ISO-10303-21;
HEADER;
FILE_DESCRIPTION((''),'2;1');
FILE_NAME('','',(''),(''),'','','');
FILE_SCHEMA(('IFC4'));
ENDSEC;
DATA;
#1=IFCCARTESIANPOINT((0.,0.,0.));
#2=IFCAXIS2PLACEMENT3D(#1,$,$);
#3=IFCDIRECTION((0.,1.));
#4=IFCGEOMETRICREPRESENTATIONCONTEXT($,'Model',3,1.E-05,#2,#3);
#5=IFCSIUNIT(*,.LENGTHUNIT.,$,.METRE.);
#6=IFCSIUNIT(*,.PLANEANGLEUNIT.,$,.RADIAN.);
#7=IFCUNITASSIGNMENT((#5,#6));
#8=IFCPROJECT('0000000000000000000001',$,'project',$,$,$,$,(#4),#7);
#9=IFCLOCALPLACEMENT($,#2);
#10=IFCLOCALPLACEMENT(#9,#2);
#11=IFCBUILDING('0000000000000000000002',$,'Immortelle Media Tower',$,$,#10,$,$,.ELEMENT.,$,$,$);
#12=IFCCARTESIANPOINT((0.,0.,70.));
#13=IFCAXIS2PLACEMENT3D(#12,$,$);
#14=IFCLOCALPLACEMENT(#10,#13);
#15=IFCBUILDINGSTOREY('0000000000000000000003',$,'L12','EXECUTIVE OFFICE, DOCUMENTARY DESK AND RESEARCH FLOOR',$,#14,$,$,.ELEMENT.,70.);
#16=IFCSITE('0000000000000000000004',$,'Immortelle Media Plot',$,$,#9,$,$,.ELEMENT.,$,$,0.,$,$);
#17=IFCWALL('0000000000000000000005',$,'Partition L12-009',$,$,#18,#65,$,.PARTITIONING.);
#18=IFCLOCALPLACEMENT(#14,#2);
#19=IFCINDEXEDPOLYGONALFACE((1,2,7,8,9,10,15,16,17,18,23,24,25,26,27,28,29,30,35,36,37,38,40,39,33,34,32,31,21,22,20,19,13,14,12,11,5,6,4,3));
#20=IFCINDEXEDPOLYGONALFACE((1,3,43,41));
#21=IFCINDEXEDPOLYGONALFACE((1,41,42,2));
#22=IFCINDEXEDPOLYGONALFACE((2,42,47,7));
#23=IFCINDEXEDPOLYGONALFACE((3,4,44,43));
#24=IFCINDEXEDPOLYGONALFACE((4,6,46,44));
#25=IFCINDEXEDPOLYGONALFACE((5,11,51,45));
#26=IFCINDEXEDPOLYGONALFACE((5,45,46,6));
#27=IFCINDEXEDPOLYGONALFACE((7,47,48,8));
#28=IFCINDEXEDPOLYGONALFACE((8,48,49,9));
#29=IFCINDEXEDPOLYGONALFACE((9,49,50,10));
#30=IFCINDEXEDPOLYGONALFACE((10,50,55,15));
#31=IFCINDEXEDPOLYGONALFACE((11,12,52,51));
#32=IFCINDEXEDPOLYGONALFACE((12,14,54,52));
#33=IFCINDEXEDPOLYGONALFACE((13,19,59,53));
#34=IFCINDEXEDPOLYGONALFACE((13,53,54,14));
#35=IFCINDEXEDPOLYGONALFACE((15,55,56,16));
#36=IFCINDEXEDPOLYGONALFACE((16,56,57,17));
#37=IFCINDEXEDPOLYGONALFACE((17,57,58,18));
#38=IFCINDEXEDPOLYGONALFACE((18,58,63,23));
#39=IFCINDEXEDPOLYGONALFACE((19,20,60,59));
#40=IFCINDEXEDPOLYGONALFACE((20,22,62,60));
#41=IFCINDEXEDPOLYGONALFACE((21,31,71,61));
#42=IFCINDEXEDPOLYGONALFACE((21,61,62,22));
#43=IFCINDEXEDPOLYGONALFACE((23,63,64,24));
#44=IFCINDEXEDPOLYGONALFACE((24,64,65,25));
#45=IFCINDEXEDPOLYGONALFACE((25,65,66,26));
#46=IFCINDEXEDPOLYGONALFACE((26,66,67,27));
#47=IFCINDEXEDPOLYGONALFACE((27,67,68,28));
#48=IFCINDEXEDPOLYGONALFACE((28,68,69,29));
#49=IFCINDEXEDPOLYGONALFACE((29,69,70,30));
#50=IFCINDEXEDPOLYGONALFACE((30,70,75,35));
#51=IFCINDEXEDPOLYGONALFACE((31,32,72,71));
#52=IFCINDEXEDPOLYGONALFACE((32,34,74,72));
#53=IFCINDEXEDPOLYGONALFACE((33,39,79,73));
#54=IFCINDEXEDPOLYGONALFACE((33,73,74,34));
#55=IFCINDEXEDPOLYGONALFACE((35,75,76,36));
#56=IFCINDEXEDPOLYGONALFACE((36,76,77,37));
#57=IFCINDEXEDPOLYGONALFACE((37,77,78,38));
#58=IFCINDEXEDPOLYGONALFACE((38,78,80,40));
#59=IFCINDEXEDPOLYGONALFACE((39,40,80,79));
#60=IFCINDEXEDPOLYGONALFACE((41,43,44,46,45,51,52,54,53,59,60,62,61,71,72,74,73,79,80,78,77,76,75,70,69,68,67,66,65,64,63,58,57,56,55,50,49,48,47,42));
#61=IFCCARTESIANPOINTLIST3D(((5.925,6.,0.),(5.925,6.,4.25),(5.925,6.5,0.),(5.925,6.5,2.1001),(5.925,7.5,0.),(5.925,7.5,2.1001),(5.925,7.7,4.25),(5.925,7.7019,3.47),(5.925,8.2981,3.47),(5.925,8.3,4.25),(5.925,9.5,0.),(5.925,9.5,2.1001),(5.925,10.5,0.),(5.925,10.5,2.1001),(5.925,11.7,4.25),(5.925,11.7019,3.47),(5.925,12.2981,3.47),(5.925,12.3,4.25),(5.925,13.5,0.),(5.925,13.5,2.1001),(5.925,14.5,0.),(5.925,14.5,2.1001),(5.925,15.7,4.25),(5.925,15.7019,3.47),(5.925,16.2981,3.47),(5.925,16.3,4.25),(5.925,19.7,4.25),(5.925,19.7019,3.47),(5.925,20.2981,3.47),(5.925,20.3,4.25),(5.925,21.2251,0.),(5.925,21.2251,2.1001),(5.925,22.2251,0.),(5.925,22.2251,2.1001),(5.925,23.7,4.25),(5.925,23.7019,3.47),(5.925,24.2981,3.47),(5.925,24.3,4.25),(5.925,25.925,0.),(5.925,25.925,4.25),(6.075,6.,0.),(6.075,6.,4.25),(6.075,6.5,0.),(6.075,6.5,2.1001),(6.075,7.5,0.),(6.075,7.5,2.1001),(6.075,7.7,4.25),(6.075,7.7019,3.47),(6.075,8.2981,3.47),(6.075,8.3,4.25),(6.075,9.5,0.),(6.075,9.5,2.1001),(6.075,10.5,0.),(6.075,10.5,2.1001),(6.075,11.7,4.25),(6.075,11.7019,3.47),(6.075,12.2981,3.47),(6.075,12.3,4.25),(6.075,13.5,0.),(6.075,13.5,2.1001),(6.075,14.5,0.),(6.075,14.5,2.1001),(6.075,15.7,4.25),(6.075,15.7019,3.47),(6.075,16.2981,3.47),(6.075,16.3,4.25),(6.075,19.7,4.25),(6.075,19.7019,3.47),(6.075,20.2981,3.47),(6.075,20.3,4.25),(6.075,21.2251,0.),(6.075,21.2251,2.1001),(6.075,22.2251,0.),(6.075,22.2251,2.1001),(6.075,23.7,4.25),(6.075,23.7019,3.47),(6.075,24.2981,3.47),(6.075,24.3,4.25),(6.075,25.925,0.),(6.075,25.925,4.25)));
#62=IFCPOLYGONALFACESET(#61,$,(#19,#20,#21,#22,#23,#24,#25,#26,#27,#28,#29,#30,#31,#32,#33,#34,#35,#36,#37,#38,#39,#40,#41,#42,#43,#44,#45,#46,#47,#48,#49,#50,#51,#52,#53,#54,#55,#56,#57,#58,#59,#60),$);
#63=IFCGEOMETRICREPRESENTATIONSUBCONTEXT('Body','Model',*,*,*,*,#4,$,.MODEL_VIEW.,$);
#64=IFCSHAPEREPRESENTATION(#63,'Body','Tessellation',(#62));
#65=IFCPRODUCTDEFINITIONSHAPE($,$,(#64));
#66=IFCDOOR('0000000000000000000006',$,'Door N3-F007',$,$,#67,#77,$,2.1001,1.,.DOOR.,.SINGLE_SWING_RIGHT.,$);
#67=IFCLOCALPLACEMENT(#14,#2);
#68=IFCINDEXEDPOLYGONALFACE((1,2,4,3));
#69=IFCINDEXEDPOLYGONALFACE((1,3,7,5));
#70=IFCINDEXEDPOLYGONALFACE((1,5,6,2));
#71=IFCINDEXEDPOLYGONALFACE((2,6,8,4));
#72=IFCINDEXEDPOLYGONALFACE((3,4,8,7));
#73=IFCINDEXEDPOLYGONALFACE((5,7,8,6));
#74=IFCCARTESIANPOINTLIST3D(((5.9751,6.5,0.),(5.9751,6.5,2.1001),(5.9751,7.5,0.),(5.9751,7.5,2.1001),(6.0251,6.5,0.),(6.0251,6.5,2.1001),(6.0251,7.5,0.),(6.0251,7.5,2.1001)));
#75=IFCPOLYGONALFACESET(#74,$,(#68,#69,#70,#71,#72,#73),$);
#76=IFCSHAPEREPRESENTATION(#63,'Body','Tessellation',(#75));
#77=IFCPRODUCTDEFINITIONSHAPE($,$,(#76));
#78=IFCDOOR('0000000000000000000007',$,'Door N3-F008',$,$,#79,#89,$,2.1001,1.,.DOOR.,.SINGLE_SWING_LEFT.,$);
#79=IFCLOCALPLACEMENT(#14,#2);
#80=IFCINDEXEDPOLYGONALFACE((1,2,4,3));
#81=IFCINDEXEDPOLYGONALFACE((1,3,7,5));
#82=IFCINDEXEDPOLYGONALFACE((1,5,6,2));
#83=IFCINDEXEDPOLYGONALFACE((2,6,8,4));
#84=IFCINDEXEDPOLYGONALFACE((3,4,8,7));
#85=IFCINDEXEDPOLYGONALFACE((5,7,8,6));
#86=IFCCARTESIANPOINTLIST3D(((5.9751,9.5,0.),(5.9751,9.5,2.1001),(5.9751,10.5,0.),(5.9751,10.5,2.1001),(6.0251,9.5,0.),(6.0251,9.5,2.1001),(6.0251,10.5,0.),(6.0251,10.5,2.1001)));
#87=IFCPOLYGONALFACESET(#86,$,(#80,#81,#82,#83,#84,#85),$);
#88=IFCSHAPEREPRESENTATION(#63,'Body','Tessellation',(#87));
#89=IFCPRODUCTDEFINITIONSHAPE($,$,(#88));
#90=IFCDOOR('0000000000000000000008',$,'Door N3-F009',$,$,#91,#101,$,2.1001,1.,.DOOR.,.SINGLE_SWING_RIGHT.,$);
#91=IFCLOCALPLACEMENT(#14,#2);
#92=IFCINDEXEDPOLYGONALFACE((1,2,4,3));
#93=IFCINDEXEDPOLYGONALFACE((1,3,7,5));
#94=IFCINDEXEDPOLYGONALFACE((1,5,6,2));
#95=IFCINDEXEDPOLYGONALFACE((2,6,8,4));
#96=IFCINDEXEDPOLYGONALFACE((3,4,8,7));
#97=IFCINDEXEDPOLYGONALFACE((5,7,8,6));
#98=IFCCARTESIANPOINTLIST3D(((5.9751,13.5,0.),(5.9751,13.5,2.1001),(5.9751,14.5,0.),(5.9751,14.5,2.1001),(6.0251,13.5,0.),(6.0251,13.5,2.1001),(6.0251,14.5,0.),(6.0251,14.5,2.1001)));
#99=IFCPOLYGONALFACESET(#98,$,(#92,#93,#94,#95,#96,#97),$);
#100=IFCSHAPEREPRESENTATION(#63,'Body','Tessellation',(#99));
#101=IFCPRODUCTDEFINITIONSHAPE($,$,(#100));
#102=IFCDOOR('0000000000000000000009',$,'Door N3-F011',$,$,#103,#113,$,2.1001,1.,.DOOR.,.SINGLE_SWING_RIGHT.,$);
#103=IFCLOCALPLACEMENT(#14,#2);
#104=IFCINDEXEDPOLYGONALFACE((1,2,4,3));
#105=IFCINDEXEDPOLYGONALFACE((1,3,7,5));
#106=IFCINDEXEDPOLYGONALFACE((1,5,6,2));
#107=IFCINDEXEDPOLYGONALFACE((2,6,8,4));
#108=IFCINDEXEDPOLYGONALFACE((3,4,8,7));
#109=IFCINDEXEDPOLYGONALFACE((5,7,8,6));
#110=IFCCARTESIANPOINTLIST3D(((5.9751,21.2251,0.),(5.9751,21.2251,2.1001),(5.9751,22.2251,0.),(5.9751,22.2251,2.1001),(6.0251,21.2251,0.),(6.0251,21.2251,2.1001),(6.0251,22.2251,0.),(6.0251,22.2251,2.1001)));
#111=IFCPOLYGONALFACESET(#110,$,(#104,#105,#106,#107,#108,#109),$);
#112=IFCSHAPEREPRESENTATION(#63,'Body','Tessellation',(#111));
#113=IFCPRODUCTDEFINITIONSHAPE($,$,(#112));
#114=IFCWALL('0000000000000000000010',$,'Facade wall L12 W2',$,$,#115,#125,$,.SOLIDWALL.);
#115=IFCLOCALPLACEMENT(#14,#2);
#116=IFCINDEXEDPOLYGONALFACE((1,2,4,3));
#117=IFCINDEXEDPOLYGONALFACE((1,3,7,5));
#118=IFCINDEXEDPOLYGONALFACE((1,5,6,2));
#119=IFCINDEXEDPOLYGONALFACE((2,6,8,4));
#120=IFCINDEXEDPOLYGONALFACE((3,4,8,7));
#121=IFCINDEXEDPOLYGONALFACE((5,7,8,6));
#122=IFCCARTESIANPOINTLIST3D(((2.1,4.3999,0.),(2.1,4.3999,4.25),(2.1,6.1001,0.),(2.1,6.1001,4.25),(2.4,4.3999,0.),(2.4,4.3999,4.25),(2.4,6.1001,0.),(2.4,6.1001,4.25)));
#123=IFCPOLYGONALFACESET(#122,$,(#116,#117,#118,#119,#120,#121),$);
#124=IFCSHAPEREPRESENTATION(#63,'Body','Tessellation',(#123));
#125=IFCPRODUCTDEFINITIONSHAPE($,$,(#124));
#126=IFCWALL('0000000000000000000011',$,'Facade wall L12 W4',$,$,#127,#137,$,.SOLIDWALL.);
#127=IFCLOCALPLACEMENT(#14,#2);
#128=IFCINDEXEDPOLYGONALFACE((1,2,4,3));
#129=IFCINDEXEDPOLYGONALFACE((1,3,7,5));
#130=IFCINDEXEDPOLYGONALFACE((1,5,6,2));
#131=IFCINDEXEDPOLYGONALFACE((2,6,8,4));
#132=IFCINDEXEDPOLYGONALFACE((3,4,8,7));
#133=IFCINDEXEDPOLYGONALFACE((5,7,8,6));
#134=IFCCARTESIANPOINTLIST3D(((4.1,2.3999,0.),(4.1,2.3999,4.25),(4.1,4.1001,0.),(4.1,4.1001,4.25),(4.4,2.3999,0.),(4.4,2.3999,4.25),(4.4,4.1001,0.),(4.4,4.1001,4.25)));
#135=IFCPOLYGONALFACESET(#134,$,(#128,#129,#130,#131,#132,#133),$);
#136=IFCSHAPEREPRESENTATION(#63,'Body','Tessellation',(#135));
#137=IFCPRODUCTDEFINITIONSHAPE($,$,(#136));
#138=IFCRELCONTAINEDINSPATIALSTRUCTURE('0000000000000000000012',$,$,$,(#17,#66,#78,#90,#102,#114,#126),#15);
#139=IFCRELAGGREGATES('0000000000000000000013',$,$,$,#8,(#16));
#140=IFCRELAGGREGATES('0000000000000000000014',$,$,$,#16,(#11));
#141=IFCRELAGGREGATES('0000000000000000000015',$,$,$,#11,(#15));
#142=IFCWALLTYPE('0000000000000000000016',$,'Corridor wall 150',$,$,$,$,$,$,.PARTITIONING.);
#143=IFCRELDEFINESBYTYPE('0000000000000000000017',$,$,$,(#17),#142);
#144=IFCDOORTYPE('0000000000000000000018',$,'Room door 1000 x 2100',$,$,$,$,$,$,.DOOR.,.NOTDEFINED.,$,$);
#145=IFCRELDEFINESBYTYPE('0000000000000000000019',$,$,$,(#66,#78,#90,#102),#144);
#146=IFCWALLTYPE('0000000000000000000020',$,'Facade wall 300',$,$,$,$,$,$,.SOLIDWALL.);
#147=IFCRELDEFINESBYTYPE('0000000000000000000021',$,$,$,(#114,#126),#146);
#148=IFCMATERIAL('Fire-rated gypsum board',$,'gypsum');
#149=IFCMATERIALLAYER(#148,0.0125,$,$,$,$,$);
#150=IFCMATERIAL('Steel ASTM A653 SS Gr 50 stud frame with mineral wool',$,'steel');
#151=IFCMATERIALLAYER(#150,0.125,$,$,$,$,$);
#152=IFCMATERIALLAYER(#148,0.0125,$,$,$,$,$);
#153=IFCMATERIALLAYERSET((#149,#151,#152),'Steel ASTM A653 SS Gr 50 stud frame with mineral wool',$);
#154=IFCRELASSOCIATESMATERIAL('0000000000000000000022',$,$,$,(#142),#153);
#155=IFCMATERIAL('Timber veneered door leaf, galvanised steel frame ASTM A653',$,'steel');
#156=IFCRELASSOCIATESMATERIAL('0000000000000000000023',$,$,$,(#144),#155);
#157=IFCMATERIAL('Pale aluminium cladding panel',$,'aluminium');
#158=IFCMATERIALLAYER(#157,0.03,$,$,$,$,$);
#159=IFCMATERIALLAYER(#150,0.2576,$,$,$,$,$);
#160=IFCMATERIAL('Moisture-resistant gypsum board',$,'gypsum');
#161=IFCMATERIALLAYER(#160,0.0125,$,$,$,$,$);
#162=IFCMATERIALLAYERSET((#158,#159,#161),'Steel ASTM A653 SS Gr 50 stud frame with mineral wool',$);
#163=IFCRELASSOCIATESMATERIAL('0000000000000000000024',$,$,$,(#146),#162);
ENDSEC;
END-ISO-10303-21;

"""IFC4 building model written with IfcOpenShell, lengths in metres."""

from ifc_helpers import new_model, si_unit, direction, frame, frame_2d, origin, place, context, subcontext, project, spatial, polyline, rectangle, outline, extrude, material, layer, layer_set, type_object, element, fill, save


model = new_model("IFC4")

# Units and contexts
model_context = context("Model", 3, precision=1e-05, world=origin(), true_north=direction((0.0, 1.0)))
body_context = subcontext(model_context, "Body", "Model", "MODEL_VIEW")
ifc_project = project(units=[si_unit("LENGTHUNIT", "METRE"), si_unit("PLANEANGLEUNIT", "RADIAN")], contexts=[model_context])

# Site, building, storey
site_placement = place(None, origin())
site = spatial("IfcSite", under=ifc_project, at=site_placement, Name="Immortelle Media Plot", CompositionType="ELEMENT", RefElevation=0.0)
building_placement = place(site_placement, origin())
building = spatial("IfcBuilding", under=site, at=building_placement, Name="Immortelle Media Tower", CompositionType="ELEMENT")
storey_placement = place(building_placement, frame((0.0, 0.0, 70.0)))
storey = spatial("IfcBuildingStorey", under=building, at=storey_placement, Name="L12", Description="EXECUTIVE OFFICE, DOCUMENTARY DESK AND RESEARCH FLOOR", CompositionType="ELEMENT", Elevation=70.0)

# Wall, openings, doors
ifc_material_1 = material(Name="Fire-rated gypsum board", Category="gypsum")
ifc_layer_1 = layer(ifc_material_1, 0.0125)
ifc_material_2 = material(Name="Steel ASTM A653 SS Gr 50 stud frame with mineral wool", Category="steel")
ifc_layer_2 = layer(ifc_material_2, 0.125)
ifc_layer_3 = layer(ifc_material_1, 0.0125)
ifc_layer_set_1 = layer_set([ifc_layer_1, ifc_layer_2, ifc_layer_3], Name="Steel ASTM A653 SS Gr 50 stud frame with mineral wool")
wall_type_1 = type_object("IfcWallType", Name="Corridor wall 150", PredefinedType="PARTITIONING", material=ifc_layer_set_1)
ifc_material_3 = material(Name="Timber veneered door leaf, galvanised steel frame ASTM A653", Category="steel")
door_type_1 = type_object("IfcDoorType", Name="Room door 1000 x 2100", OperationType="NOTDEFINED", PredefinedType="DOOR", material=ifc_material_3)
wall_1_placement = place(storey_placement, frame((6.0, 6.0, 0.0), z_axis=(0.0, 0.0, 1.0), x_axis=(0.0, 1.0, 0.0)))
wall_1 = element("IfcWall", 1, at=wall_1_placement, inside=storey, type_object=wall_type_1, Name="Partition L12-009", PredefinedType="PARTITIONING", context=body_context, shape_type="SweptSolid", body=[
    extrude(outline(polyline([(0.0, 0.0), (19.925, 0.0), (19.925, 4.25), (18.3, 4.25), (18.2981, 3.47), (17.7019, 3.47), (17.7, 4.25), (14.3, 4.25), (14.2981, 3.47), (13.7019, 3.47), (13.7, 4.25), (10.3, 4.25), (10.2981, 3.47), (9.7019, 3.47), (9.7, 4.25), (6.3, 4.25), (6.2981, 3.47), (5.7019, 3.47), (5.7, 4.25), (2.3, 4.25), (2.2981, 3.47), (1.7019, 3.47), (1.7, 4.25), (0.0, 4.25), (0.0, 0.0)])), frame((0.0, 0.075, 0.0), z_axis=(0.0, -1.0, 0.0), x_axis=(1.0, 0.0, 0.0)), (0.0, 0.0, 1.0), 0.1499),
])
opening_1_placement = place(wall_1_placement, frame((0.5, 0.0, 0.0)))
opening_1 = element("IfcOpeningElement", 2, at=opening_1_placement, cuts=wall_1, PredefinedType="OPENING", context=body_context, shape_type="SweptSolid", body=[
    extrude(rectangle(XDim=1.0, YDim=2.1001, at=frame_2d((0.5, 1.05))), frame((0.0, 0.085, 0.0), z_axis=(0.0, -1.0, 0.0), x_axis=(1.0, 0.0, 0.0)), (0.0, 0.0, 1.0), 0.1699),
])
opening_2_placement = place(wall_1_placement, frame((3.5, 0.0, 0.0)))
opening_2 = element("IfcOpeningElement", 3, at=opening_2_placement, cuts=wall_1, PredefinedType="OPENING", context=body_context, shape_type="SweptSolid", body=[
    extrude(rectangle(XDim=1.0, YDim=2.1001, at=frame_2d((0.5, 1.05))), frame((0.0, 0.085, 0.0), z_axis=(0.0, -1.0, 0.0), x_axis=(1.0, 0.0, 0.0)), (0.0, 0.0, 1.0), 0.1699),
])
opening_3_placement = place(wall_1_placement, frame((7.5, 0.0, 0.0)))
opening_3 = element("IfcOpeningElement", 4, at=opening_3_placement, cuts=wall_1, PredefinedType="OPENING", context=body_context, shape_type="SweptSolid", body=[
    extrude(rectangle(XDim=1.0, YDim=2.1001, at=frame_2d((0.5, 1.05))), frame((0.0, 0.085, 0.0), z_axis=(0.0, -1.0, 0.0), x_axis=(1.0, 0.0, 0.0)), (0.0, 0.0, 1.0), 0.1699),
])
opening_4_placement = place(wall_1_placement, frame((15.2251, 0.0, 0.0)))
opening_4 = element("IfcOpeningElement", 5, at=opening_4_placement, cuts=wall_1, PredefinedType="OPENING", context=body_context, shape_type="SweptSolid", body=[
    extrude(rectangle(XDim=1.0, YDim=2.1001, at=frame_2d((0.5, 1.05))), frame((0.0, 0.085, 0.0), z_axis=(0.0, -1.0, 0.0), x_axis=(1.0, 0.0, 0.0)), (0.0, 0.0, 1.0), 0.1699),
])
door_1_placement = place(opening_1_placement, origin())
door_1 = element("IfcDoor", 6, at=door_1_placement, inside=storey, type_object=door_type_1, Name="Door N3-F007", OperationType="SINGLE_SWING_RIGHT", OverallHeight=2.1001, OverallWidth=1.0, PredefinedType="DOOR", context=body_context, shape_type="SweptSolid", body=[
    extrude(rectangle(XDim=1.0, YDim=2.1001, at=frame_2d((0.5, 1.05))), frame((0.0, 0.0249, 0.0), z_axis=(0.0, -1.0, 0.0), x_axis=(1.0, 0.0, 0.0)), (0.0, 0.0, 1.0), 0.05),
])
fill(opening_1, door_1)
door_2_placement = place(opening_2_placement, origin())
door_2 = element("IfcDoor", 7, at=door_2_placement, inside=storey, type_object=door_type_1, Name="Door N3-F008", OperationType="SINGLE_SWING_LEFT", OverallHeight=2.1001, OverallWidth=1.0, PredefinedType="DOOR", context=body_context, shape_type="SweptSolid", body=[
    extrude(rectangle(XDim=1.0, YDim=2.1001, at=frame_2d((0.5, 1.05))), frame((0.0, 0.0249, 0.0), z_axis=(0.0, -1.0, 0.0), x_axis=(1.0, 0.0, 0.0)), (0.0, 0.0, 1.0), 0.05),
])
fill(opening_2, door_2)
door_3_placement = place(opening_3_placement, origin())
door_3 = element("IfcDoor", 8, at=door_3_placement, inside=storey, type_object=door_type_1, Name="Door N3-F009", OperationType="SINGLE_SWING_RIGHT", OverallHeight=2.1001, OverallWidth=1.0, PredefinedType="DOOR", context=body_context, shape_type="SweptSolid", body=[
    extrude(rectangle(XDim=1.0, YDim=2.1001, at=frame_2d((0.5, 1.05))), frame((0.0, 0.0249, 0.0), z_axis=(0.0, -1.0, 0.0), x_axis=(1.0, 0.0, 0.0)), (0.0, 0.0, 1.0), 0.05),
])
fill(opening_3, door_3)
door_4_placement = place(opening_4_placement, origin())
door_4 = element("IfcDoor", 9, at=door_4_placement, inside=storey, type_object=door_type_1, Name="Door N3-F011", OperationType="SINGLE_SWING_RIGHT", OverallHeight=2.1001, OverallWidth=1.0, PredefinedType="DOOR", context=body_context, shape_type="SweptSolid", body=[
    extrude(rectangle(XDim=1.0, YDim=2.1001, at=frame_2d((0.5, 1.05))), frame((0.0, 0.0249, 0.0), z_axis=(0.0, -1.0, 0.0), x_axis=(1.0, 0.0, 0.0)), (0.0, 0.0, 1.0), 0.05),
])
fill(opening_4, door_4)

# Walls
ifc_material_4 = material(Name="Pale aluminium cladding panel", Category="aluminium")
ifc_layer_4 = layer(ifc_material_4, 0.03)
ifc_layer_5 = layer(ifc_material_2, 0.2576)
ifc_material_5 = material(Name="Moisture-resistant gypsum board", Category="gypsum")
ifc_layer_6 = layer(ifc_material_5, 0.0125)
ifc_layer_set_2 = layer_set([ifc_layer_4, ifc_layer_5, ifc_layer_6], Name="Steel ASTM A653 SS Gr 50 stud frame with mineral wool")
wall_type_2 = type_object("IfcWallType", Name="Facade wall 300", PredefinedType="SOLIDWALL", material=ifc_layer_set_2)
for number, where, z_axis, x_axis, name in (
    (10, (2.25, 6.1001, 0.0), (0.0, 0.0, 1.0), (0.0, -1.0, 0.0), "Facade wall L12 W2"),
    (11, (4.25, 4.1001, 0.0), (0.0, 0.0, 1.0), (0.0, -1.0, 0.0), "Facade wall L12 W4"),
):
    element("IfcWall", number, at=place(storey_placement, frame(where, z_axis=z_axis, x_axis=x_axis)), inside=storey, type_object=wall_type_2, Name=name, PredefinedType="SOLIDWALL", context=body_context, shape_type="SweptSolid", body=[
        extrude(rectangle(XDim=1.7002, YDim=0.3, at=frame_2d((0.8501, 0.0))), origin(), (0.0, 0.0, 1.0), 4.25),
    ])

save(model, "model.ifc")
